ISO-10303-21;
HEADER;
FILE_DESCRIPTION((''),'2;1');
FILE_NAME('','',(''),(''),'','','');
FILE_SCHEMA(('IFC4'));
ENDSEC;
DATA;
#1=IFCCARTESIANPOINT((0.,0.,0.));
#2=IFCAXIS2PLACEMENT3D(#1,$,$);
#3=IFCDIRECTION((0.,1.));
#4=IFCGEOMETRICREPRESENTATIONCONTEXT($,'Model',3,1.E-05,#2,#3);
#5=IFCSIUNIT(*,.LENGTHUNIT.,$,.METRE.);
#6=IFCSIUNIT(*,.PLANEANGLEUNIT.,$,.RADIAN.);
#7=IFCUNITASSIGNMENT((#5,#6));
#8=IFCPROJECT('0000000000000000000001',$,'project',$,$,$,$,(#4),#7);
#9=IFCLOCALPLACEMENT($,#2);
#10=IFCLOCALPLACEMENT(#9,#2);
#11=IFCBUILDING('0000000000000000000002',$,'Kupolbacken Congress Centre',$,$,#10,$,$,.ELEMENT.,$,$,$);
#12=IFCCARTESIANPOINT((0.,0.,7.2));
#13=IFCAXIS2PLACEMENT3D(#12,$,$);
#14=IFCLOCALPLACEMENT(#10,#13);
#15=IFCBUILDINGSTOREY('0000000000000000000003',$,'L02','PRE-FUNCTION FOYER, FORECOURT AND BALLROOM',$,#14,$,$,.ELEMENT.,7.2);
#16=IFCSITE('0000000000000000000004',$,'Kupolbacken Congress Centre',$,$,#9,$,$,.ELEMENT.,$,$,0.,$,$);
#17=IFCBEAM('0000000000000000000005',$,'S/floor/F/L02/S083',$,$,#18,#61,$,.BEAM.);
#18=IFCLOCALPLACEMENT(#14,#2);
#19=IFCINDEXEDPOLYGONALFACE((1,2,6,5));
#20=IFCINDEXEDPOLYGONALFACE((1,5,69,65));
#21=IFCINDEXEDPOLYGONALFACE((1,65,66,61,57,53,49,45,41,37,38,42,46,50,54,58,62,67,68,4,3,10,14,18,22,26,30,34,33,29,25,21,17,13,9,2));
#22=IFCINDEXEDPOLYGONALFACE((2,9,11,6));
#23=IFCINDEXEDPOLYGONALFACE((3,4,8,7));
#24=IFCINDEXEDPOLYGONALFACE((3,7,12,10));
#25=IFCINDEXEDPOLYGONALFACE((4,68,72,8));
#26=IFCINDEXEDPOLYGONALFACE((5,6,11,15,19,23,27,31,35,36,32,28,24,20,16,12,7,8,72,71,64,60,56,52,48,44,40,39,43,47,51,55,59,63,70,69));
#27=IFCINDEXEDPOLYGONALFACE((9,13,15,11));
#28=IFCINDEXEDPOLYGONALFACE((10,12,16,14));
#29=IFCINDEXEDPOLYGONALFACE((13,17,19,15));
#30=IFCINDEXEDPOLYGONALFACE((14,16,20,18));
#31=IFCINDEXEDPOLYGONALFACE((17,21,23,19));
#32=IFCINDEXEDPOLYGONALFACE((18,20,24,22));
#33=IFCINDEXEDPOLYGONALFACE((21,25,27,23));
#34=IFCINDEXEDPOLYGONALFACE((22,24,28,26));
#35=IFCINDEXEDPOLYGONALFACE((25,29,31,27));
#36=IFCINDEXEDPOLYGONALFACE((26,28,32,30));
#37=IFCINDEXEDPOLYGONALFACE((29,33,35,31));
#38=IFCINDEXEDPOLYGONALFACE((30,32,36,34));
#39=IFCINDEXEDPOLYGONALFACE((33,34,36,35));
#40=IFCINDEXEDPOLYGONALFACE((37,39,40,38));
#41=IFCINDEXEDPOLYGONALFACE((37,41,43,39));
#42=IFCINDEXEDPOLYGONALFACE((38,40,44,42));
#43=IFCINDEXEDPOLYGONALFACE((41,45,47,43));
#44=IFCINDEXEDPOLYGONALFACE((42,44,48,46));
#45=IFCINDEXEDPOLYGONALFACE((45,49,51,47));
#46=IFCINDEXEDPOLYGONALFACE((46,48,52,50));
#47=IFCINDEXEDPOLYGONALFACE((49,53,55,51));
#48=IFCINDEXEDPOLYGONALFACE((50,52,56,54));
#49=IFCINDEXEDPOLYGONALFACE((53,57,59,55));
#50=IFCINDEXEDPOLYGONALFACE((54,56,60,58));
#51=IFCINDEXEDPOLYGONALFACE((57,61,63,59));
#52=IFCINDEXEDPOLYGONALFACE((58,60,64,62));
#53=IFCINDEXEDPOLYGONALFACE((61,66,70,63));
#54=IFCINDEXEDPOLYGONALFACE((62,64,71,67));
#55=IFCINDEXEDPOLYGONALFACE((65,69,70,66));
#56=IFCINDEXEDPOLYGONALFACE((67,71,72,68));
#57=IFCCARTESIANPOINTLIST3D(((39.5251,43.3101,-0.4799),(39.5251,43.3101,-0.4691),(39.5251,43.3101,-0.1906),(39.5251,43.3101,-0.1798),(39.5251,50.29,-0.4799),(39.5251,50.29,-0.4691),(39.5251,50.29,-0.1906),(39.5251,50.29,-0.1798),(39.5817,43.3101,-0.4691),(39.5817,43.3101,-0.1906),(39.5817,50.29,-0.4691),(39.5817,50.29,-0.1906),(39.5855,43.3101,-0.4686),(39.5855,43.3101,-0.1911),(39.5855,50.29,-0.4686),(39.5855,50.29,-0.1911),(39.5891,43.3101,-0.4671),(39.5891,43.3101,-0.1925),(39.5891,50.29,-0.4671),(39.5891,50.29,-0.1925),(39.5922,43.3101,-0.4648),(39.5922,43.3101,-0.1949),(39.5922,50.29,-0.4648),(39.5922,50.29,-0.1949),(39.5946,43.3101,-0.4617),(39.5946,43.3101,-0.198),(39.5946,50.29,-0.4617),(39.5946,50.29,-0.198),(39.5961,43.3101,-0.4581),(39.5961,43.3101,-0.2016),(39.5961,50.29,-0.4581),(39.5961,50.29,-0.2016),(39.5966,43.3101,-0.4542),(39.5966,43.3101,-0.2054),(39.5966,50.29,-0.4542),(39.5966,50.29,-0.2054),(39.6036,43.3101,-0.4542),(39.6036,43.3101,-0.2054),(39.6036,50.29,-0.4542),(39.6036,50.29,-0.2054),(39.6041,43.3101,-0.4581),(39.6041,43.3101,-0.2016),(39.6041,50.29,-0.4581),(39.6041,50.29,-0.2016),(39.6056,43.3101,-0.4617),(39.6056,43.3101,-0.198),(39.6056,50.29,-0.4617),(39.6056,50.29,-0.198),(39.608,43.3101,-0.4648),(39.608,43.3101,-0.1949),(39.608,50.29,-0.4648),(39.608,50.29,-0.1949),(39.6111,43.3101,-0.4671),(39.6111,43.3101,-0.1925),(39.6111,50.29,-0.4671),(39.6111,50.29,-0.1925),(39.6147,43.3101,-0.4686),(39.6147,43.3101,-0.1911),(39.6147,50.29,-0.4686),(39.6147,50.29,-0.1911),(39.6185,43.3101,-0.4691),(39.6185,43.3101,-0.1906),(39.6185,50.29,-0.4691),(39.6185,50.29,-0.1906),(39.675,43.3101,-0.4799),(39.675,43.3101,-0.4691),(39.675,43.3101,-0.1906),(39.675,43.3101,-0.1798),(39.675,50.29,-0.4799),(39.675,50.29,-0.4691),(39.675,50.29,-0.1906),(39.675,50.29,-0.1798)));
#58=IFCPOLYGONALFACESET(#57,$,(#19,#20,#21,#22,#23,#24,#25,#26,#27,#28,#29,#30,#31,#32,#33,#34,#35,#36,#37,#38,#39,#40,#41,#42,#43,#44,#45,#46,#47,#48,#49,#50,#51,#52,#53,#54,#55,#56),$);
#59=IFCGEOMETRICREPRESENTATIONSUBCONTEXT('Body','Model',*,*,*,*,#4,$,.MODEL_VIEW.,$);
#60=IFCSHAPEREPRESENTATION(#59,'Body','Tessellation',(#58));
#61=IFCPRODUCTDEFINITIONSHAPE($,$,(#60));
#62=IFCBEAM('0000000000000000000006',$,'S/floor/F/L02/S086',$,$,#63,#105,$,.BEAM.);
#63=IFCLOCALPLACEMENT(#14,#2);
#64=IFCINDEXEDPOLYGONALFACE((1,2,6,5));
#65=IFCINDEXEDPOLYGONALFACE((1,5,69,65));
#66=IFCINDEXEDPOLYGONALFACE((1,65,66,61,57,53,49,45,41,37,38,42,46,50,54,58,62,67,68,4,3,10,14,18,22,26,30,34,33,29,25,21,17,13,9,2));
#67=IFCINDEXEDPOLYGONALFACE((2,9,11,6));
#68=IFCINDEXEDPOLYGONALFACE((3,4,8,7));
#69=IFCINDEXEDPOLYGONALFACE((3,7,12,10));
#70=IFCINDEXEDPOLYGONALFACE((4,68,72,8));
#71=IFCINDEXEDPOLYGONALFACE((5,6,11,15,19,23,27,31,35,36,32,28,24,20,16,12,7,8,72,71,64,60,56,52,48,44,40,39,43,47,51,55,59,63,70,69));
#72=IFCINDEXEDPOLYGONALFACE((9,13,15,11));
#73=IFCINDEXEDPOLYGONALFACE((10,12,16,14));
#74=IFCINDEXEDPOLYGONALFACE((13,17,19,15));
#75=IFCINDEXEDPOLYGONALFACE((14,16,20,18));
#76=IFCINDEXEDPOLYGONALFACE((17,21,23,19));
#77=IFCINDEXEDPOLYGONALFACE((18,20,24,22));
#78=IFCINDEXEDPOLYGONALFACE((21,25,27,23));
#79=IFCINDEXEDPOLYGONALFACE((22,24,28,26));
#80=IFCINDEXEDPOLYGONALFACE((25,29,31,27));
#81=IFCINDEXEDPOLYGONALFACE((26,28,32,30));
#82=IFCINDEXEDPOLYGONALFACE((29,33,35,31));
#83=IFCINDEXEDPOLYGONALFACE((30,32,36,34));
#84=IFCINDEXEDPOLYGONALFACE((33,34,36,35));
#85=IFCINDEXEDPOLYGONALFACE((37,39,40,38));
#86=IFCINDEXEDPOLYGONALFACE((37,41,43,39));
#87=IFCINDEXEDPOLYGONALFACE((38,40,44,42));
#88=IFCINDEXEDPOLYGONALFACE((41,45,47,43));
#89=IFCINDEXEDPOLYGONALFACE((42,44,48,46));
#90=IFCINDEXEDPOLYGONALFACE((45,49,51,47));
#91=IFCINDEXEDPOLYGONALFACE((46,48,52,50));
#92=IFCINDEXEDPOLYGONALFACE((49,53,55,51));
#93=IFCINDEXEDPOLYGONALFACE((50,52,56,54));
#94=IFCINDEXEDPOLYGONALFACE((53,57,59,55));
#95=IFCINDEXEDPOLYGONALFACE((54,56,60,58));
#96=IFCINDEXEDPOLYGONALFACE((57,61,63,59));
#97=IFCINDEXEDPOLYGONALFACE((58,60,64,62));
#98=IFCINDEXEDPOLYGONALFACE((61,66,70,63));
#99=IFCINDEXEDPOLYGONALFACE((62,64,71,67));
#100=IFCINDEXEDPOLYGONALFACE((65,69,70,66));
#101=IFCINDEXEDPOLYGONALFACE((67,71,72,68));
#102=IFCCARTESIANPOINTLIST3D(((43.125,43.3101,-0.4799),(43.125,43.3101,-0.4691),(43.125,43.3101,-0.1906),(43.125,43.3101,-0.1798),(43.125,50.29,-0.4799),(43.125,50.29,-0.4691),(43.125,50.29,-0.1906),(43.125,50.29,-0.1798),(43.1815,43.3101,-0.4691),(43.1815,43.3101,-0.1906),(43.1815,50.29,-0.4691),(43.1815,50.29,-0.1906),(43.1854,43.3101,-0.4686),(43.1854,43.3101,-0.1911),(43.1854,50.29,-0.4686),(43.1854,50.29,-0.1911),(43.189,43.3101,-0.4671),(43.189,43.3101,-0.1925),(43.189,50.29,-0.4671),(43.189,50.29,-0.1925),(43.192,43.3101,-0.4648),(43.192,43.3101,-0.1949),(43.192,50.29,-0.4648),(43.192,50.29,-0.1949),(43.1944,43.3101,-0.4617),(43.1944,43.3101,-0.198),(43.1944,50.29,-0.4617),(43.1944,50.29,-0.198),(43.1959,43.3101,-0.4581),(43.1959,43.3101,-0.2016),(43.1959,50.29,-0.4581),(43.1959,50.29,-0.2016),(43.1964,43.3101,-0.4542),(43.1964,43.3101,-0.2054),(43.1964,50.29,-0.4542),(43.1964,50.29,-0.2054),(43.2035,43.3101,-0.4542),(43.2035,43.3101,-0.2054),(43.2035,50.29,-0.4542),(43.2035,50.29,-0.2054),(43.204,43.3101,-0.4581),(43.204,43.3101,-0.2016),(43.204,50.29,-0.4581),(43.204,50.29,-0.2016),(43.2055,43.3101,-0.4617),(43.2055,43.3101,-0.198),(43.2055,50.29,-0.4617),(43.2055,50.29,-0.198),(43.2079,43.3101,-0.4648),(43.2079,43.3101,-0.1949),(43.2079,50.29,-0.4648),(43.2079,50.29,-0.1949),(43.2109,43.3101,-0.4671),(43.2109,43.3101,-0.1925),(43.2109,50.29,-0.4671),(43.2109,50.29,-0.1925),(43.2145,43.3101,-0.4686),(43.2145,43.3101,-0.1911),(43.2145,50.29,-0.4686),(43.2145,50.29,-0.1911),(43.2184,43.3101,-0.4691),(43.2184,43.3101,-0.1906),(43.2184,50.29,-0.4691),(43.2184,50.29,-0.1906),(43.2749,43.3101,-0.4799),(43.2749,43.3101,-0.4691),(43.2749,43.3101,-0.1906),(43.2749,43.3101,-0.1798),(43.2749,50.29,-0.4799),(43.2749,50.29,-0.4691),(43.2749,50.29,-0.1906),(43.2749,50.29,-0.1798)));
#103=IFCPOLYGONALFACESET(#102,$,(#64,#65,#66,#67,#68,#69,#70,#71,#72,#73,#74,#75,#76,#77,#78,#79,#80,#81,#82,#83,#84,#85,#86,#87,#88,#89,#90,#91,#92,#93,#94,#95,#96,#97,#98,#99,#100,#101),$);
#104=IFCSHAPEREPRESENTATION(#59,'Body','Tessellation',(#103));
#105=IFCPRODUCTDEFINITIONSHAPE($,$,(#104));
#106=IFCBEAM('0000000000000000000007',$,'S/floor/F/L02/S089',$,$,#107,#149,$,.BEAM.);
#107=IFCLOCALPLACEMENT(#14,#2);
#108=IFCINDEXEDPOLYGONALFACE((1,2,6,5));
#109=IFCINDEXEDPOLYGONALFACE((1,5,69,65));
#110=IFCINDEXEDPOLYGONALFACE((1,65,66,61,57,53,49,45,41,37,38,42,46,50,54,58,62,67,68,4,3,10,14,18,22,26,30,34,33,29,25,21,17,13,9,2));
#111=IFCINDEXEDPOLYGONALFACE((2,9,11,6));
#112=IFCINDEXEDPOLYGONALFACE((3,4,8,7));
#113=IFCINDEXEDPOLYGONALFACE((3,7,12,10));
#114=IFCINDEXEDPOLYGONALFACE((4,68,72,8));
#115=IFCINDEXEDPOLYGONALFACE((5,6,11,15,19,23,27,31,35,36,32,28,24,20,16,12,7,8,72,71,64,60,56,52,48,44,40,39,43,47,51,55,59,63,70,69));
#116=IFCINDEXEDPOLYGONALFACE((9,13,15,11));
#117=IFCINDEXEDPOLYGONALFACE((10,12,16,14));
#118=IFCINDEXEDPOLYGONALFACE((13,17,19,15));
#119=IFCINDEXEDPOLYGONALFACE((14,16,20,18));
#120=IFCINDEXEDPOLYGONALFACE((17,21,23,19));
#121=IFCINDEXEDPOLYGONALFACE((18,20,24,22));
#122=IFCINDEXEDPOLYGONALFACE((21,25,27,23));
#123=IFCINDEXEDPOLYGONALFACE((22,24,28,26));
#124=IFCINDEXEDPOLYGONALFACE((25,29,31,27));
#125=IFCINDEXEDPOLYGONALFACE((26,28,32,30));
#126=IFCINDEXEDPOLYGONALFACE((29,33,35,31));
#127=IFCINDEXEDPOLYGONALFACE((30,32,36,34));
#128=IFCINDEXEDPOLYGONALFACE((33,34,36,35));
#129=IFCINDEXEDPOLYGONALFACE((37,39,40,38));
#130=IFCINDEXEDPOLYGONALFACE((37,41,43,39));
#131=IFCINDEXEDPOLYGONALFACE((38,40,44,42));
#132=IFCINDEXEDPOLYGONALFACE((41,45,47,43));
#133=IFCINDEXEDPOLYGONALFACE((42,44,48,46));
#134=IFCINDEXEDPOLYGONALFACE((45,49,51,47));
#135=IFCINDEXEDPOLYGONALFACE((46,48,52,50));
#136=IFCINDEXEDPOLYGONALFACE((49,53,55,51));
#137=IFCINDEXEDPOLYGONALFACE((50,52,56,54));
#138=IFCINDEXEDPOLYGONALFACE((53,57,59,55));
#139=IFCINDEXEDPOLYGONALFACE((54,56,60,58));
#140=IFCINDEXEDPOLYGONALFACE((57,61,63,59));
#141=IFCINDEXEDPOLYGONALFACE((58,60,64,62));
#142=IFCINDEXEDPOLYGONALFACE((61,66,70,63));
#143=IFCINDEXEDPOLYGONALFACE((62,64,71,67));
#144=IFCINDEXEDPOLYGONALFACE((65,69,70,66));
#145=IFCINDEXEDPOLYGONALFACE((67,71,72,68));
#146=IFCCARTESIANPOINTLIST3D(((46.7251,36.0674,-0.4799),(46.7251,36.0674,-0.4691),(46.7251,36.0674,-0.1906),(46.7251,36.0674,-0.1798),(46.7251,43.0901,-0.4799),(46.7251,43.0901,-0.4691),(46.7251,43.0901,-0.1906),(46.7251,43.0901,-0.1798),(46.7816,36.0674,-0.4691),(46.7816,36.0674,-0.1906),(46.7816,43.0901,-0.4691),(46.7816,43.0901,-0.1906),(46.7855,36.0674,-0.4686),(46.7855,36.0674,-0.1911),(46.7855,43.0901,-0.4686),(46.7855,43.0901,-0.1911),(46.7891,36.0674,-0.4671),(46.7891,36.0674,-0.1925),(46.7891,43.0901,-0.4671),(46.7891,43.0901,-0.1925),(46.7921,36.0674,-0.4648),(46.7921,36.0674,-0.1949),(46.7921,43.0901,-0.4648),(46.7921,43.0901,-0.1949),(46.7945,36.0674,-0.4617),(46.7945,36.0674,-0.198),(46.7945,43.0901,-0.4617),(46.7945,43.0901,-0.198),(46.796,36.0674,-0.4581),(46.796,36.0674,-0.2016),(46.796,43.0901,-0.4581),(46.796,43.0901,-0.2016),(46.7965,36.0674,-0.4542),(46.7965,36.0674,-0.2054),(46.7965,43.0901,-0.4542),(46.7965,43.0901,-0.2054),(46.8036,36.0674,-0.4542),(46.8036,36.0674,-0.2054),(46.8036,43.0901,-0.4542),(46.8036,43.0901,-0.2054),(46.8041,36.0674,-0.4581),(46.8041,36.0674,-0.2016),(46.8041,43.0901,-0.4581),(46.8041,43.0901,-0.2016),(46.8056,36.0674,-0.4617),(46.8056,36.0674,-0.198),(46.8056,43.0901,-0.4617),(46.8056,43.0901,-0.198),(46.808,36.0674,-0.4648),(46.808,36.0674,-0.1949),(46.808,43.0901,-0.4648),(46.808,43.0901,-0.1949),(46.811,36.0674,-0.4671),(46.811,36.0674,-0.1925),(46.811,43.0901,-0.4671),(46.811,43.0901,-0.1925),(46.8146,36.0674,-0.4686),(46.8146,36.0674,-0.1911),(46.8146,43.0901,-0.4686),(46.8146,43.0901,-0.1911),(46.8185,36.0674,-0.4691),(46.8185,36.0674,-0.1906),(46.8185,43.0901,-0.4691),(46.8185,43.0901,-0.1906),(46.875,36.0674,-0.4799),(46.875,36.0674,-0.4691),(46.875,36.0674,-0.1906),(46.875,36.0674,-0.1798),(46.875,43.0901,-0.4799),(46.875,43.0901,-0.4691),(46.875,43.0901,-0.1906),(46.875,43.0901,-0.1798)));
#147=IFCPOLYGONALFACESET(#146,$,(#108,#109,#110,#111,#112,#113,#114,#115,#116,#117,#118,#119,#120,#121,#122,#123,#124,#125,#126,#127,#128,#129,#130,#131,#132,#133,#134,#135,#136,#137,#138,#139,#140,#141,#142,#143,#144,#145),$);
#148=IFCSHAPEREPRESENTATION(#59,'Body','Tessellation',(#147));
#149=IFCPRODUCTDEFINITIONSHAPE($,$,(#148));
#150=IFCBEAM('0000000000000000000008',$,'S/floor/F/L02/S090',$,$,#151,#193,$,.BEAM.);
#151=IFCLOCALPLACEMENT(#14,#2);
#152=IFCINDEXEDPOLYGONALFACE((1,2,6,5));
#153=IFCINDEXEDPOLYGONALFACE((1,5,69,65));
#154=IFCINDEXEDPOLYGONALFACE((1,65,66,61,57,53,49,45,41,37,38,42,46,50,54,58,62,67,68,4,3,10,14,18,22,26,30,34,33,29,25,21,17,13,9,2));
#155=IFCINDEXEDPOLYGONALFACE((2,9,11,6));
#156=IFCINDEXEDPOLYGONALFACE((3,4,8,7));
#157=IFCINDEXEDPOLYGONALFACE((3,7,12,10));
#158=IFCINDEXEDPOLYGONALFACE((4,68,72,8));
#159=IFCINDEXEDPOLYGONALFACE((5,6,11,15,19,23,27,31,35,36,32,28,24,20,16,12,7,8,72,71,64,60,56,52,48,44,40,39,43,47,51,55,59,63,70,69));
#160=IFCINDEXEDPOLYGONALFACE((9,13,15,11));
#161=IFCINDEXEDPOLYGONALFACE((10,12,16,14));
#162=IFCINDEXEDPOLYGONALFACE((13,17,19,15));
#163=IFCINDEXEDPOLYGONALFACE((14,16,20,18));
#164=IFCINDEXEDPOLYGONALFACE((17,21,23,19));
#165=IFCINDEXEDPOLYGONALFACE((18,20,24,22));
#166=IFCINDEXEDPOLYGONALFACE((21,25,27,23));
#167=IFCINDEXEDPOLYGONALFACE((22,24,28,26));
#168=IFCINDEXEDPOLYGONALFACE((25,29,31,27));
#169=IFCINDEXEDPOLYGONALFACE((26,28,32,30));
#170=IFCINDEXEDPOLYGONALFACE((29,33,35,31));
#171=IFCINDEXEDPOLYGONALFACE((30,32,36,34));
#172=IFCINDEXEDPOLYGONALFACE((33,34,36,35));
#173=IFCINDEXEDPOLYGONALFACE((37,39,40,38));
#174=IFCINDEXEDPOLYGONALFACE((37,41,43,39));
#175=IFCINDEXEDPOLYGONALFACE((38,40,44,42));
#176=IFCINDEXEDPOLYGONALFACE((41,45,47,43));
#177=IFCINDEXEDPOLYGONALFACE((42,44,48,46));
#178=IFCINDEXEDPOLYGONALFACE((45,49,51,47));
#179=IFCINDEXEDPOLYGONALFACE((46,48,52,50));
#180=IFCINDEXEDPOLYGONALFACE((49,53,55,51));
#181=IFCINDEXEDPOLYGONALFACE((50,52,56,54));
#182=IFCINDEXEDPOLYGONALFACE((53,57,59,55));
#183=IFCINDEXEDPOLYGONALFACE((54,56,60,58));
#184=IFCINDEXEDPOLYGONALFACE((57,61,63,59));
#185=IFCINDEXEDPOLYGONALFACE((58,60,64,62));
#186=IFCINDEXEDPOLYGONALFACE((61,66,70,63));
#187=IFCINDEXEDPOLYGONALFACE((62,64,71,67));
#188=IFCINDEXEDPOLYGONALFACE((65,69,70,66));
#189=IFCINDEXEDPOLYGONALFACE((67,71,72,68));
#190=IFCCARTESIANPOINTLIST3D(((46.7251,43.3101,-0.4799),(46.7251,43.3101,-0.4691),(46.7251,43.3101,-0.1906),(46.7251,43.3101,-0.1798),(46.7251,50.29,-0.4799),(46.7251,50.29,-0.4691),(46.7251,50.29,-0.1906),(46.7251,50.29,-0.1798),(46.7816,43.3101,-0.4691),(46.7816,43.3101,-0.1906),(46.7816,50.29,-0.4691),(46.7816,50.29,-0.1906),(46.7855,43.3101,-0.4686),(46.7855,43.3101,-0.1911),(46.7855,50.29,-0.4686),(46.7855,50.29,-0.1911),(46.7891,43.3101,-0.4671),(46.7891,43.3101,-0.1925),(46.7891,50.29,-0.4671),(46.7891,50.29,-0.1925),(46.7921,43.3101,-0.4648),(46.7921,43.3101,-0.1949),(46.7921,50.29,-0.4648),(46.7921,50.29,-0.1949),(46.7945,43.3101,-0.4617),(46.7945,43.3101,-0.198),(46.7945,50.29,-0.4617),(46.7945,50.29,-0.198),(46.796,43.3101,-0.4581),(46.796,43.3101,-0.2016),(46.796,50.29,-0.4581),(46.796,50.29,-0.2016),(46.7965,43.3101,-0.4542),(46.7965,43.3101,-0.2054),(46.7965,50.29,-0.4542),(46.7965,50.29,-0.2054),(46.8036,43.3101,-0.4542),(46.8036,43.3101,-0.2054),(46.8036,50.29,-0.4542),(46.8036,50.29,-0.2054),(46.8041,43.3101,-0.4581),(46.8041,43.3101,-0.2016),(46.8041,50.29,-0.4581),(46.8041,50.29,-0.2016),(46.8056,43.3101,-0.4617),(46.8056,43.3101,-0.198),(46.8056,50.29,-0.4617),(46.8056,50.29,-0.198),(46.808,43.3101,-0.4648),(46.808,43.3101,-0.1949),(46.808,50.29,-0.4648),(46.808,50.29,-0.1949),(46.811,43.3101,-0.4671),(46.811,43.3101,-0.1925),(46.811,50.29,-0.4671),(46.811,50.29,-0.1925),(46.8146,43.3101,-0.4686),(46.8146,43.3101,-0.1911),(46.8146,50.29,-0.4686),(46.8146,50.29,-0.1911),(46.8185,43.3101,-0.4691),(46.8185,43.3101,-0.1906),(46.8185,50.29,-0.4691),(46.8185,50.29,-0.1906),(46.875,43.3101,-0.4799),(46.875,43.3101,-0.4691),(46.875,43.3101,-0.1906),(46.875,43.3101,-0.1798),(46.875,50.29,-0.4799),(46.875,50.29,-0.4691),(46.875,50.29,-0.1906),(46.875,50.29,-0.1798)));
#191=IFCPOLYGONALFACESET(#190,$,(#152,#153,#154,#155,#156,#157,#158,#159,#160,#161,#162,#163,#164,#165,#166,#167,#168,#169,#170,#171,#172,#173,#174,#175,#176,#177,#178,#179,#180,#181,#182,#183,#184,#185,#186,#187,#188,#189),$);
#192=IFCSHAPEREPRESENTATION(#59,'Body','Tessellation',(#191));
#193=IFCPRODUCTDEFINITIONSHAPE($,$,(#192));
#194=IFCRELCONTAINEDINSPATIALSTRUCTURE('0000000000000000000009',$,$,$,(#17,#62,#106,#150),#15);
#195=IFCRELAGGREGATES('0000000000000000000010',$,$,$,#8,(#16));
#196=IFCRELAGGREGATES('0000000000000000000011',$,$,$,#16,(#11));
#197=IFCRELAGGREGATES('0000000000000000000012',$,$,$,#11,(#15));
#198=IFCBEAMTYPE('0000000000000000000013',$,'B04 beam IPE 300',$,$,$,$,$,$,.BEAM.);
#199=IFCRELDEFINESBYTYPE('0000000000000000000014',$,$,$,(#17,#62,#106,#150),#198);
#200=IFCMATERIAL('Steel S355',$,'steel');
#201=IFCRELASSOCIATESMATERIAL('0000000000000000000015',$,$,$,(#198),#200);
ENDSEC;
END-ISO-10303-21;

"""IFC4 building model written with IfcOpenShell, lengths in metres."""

from ifc_helpers import new_model, si_unit, direction, frame, origin, origin_2d, place, context, subcontext, project, spatial, i_section, extrude, material, material_profile, profile_set, type_object, element, save


model = new_model("IFC4")

# Units and contexts
model_context = context("Model", 3, precision=1e-05, world=origin(), true_north=direction((0.0, 1.0)))
body_context = subcontext(model_context, "Body", "Model", "MODEL_VIEW")
ifc_project = project(units=[si_unit("LENGTHUNIT", "METRE"), si_unit("PLANEANGLEUNIT", "RADIAN")], contexts=[model_context])

# Site, building, storey
site_placement = place(None, origin())
site = spatial("IfcSite", under=ifc_project, at=site_placement, Name="Kupolbacken Congress Centre", CompositionType="ELEMENT", RefElevation=0.0)
building_placement = place(site_placement, origin())
building = spatial("IfcBuilding", under=site, at=building_placement, Name="Kupolbacken Congress Centre", CompositionType="ELEMENT")
storey_placement = place(building_placement, frame((0.0, 0.0, 7.2)))
storey = spatial("IfcBuildingStorey", under=building, at=storey_placement, Name="L02", Description="PRE-FUNCTION FOYER, FORECOURT AND BALLROOM", CompositionType="ELEMENT", Elevation=7.2)

# Beams
ifc_material_1 = material(Name="Steel S355", Category="steel")
ifc_material_profile_1 = material_profile(ifc_material_1, i_section(OverallWidth=0.1499, OverallDepth=0.3, WebThickness=0.0071, FlangeThickness=0.0107, FilletRadius=0.0149, at=origin_2d()), Name="IPE 300")
ifc_profile_set_1 = profile_set([ifc_material_profile_1], Name="Steel S355")
beam_type_1 = type_object("IfcBeamType", Name="B04 beam IPE 300", PredefinedType="BEAM", material=ifc_profile_set_1)
for number, where, z_axis, x_axis, name in (
    (1, (39.6001, 43.3101, -0.3298), (0.0, 1.0, 0.0), (-1.0, 0.0, 0.0), "S/floor/F/L02/S083"),
    (2, (43.2, 43.3101, -0.3298), (0.0, 1.0, 0.0), (-1.0, 0.0, 0.0), "S/floor/F/L02/S086"),
):
    element("IfcBeam", number, at=place(storey_placement, frame(where, z_axis=z_axis, x_axis=x_axis)), inside=storey, type_object=beam_type_1, Name=name, PredefinedType="BEAM", context=body_context, shape_type="SweptSolid", body=[
        extrude(i_section(OverallWidth=0.1499, OverallDepth=0.3, WebThickness=0.0071, FlangeThickness=0.0107, FilletRadius=0.0149, at=origin_2d()), origin(), (0.0, 0.0, 1.0), 6.98),
    ])
beam_1_placement = place(storey_placement, frame((46.8, 36.0674, -0.3298), z_axis=(0.0, 1.0, 0.0), x_axis=(-1.0, 0.0, 0.0)))
element("IfcBeam", 3, at=beam_1_placement, inside=storey, type_object=beam_type_1, Name="S/floor/F/L02/S089", PredefinedType="BEAM", context=body_context, shape_type="SweptSolid", body=[
    extrude(i_section(OverallWidth=0.1499, OverallDepth=0.3, WebThickness=0.0071, FlangeThickness=0.0107, FilletRadius=0.0149, at=origin_2d()), origin(), (0.0, 0.0, 1.0), 7.0227),
])
for number, where, z_axis, x_axis, name in (
    (4, (46.8, 43.3101, -0.3298), (0.0, 1.0, 0.0), (-1.0, 0.0, 0.0), "S/floor/F/L02/S090"),
):
    element("IfcBeam", number, at=place(storey_placement, frame(where, z_axis=z_axis, x_axis=x_axis)), inside=storey, type_object=beam_type_1, Name=name, PredefinedType="BEAM", context=body_context, shape_type="SweptSolid", body=[
        extrude(i_section(OverallWidth=0.1499, OverallDepth=0.3, WebThickness=0.0071, FlangeThickness=0.0107, FilletRadius=0.0149, at=origin_2d()), origin(), (0.0, 0.0, 1.0), 6.98),
    ])

save(model, "model.ifc")
